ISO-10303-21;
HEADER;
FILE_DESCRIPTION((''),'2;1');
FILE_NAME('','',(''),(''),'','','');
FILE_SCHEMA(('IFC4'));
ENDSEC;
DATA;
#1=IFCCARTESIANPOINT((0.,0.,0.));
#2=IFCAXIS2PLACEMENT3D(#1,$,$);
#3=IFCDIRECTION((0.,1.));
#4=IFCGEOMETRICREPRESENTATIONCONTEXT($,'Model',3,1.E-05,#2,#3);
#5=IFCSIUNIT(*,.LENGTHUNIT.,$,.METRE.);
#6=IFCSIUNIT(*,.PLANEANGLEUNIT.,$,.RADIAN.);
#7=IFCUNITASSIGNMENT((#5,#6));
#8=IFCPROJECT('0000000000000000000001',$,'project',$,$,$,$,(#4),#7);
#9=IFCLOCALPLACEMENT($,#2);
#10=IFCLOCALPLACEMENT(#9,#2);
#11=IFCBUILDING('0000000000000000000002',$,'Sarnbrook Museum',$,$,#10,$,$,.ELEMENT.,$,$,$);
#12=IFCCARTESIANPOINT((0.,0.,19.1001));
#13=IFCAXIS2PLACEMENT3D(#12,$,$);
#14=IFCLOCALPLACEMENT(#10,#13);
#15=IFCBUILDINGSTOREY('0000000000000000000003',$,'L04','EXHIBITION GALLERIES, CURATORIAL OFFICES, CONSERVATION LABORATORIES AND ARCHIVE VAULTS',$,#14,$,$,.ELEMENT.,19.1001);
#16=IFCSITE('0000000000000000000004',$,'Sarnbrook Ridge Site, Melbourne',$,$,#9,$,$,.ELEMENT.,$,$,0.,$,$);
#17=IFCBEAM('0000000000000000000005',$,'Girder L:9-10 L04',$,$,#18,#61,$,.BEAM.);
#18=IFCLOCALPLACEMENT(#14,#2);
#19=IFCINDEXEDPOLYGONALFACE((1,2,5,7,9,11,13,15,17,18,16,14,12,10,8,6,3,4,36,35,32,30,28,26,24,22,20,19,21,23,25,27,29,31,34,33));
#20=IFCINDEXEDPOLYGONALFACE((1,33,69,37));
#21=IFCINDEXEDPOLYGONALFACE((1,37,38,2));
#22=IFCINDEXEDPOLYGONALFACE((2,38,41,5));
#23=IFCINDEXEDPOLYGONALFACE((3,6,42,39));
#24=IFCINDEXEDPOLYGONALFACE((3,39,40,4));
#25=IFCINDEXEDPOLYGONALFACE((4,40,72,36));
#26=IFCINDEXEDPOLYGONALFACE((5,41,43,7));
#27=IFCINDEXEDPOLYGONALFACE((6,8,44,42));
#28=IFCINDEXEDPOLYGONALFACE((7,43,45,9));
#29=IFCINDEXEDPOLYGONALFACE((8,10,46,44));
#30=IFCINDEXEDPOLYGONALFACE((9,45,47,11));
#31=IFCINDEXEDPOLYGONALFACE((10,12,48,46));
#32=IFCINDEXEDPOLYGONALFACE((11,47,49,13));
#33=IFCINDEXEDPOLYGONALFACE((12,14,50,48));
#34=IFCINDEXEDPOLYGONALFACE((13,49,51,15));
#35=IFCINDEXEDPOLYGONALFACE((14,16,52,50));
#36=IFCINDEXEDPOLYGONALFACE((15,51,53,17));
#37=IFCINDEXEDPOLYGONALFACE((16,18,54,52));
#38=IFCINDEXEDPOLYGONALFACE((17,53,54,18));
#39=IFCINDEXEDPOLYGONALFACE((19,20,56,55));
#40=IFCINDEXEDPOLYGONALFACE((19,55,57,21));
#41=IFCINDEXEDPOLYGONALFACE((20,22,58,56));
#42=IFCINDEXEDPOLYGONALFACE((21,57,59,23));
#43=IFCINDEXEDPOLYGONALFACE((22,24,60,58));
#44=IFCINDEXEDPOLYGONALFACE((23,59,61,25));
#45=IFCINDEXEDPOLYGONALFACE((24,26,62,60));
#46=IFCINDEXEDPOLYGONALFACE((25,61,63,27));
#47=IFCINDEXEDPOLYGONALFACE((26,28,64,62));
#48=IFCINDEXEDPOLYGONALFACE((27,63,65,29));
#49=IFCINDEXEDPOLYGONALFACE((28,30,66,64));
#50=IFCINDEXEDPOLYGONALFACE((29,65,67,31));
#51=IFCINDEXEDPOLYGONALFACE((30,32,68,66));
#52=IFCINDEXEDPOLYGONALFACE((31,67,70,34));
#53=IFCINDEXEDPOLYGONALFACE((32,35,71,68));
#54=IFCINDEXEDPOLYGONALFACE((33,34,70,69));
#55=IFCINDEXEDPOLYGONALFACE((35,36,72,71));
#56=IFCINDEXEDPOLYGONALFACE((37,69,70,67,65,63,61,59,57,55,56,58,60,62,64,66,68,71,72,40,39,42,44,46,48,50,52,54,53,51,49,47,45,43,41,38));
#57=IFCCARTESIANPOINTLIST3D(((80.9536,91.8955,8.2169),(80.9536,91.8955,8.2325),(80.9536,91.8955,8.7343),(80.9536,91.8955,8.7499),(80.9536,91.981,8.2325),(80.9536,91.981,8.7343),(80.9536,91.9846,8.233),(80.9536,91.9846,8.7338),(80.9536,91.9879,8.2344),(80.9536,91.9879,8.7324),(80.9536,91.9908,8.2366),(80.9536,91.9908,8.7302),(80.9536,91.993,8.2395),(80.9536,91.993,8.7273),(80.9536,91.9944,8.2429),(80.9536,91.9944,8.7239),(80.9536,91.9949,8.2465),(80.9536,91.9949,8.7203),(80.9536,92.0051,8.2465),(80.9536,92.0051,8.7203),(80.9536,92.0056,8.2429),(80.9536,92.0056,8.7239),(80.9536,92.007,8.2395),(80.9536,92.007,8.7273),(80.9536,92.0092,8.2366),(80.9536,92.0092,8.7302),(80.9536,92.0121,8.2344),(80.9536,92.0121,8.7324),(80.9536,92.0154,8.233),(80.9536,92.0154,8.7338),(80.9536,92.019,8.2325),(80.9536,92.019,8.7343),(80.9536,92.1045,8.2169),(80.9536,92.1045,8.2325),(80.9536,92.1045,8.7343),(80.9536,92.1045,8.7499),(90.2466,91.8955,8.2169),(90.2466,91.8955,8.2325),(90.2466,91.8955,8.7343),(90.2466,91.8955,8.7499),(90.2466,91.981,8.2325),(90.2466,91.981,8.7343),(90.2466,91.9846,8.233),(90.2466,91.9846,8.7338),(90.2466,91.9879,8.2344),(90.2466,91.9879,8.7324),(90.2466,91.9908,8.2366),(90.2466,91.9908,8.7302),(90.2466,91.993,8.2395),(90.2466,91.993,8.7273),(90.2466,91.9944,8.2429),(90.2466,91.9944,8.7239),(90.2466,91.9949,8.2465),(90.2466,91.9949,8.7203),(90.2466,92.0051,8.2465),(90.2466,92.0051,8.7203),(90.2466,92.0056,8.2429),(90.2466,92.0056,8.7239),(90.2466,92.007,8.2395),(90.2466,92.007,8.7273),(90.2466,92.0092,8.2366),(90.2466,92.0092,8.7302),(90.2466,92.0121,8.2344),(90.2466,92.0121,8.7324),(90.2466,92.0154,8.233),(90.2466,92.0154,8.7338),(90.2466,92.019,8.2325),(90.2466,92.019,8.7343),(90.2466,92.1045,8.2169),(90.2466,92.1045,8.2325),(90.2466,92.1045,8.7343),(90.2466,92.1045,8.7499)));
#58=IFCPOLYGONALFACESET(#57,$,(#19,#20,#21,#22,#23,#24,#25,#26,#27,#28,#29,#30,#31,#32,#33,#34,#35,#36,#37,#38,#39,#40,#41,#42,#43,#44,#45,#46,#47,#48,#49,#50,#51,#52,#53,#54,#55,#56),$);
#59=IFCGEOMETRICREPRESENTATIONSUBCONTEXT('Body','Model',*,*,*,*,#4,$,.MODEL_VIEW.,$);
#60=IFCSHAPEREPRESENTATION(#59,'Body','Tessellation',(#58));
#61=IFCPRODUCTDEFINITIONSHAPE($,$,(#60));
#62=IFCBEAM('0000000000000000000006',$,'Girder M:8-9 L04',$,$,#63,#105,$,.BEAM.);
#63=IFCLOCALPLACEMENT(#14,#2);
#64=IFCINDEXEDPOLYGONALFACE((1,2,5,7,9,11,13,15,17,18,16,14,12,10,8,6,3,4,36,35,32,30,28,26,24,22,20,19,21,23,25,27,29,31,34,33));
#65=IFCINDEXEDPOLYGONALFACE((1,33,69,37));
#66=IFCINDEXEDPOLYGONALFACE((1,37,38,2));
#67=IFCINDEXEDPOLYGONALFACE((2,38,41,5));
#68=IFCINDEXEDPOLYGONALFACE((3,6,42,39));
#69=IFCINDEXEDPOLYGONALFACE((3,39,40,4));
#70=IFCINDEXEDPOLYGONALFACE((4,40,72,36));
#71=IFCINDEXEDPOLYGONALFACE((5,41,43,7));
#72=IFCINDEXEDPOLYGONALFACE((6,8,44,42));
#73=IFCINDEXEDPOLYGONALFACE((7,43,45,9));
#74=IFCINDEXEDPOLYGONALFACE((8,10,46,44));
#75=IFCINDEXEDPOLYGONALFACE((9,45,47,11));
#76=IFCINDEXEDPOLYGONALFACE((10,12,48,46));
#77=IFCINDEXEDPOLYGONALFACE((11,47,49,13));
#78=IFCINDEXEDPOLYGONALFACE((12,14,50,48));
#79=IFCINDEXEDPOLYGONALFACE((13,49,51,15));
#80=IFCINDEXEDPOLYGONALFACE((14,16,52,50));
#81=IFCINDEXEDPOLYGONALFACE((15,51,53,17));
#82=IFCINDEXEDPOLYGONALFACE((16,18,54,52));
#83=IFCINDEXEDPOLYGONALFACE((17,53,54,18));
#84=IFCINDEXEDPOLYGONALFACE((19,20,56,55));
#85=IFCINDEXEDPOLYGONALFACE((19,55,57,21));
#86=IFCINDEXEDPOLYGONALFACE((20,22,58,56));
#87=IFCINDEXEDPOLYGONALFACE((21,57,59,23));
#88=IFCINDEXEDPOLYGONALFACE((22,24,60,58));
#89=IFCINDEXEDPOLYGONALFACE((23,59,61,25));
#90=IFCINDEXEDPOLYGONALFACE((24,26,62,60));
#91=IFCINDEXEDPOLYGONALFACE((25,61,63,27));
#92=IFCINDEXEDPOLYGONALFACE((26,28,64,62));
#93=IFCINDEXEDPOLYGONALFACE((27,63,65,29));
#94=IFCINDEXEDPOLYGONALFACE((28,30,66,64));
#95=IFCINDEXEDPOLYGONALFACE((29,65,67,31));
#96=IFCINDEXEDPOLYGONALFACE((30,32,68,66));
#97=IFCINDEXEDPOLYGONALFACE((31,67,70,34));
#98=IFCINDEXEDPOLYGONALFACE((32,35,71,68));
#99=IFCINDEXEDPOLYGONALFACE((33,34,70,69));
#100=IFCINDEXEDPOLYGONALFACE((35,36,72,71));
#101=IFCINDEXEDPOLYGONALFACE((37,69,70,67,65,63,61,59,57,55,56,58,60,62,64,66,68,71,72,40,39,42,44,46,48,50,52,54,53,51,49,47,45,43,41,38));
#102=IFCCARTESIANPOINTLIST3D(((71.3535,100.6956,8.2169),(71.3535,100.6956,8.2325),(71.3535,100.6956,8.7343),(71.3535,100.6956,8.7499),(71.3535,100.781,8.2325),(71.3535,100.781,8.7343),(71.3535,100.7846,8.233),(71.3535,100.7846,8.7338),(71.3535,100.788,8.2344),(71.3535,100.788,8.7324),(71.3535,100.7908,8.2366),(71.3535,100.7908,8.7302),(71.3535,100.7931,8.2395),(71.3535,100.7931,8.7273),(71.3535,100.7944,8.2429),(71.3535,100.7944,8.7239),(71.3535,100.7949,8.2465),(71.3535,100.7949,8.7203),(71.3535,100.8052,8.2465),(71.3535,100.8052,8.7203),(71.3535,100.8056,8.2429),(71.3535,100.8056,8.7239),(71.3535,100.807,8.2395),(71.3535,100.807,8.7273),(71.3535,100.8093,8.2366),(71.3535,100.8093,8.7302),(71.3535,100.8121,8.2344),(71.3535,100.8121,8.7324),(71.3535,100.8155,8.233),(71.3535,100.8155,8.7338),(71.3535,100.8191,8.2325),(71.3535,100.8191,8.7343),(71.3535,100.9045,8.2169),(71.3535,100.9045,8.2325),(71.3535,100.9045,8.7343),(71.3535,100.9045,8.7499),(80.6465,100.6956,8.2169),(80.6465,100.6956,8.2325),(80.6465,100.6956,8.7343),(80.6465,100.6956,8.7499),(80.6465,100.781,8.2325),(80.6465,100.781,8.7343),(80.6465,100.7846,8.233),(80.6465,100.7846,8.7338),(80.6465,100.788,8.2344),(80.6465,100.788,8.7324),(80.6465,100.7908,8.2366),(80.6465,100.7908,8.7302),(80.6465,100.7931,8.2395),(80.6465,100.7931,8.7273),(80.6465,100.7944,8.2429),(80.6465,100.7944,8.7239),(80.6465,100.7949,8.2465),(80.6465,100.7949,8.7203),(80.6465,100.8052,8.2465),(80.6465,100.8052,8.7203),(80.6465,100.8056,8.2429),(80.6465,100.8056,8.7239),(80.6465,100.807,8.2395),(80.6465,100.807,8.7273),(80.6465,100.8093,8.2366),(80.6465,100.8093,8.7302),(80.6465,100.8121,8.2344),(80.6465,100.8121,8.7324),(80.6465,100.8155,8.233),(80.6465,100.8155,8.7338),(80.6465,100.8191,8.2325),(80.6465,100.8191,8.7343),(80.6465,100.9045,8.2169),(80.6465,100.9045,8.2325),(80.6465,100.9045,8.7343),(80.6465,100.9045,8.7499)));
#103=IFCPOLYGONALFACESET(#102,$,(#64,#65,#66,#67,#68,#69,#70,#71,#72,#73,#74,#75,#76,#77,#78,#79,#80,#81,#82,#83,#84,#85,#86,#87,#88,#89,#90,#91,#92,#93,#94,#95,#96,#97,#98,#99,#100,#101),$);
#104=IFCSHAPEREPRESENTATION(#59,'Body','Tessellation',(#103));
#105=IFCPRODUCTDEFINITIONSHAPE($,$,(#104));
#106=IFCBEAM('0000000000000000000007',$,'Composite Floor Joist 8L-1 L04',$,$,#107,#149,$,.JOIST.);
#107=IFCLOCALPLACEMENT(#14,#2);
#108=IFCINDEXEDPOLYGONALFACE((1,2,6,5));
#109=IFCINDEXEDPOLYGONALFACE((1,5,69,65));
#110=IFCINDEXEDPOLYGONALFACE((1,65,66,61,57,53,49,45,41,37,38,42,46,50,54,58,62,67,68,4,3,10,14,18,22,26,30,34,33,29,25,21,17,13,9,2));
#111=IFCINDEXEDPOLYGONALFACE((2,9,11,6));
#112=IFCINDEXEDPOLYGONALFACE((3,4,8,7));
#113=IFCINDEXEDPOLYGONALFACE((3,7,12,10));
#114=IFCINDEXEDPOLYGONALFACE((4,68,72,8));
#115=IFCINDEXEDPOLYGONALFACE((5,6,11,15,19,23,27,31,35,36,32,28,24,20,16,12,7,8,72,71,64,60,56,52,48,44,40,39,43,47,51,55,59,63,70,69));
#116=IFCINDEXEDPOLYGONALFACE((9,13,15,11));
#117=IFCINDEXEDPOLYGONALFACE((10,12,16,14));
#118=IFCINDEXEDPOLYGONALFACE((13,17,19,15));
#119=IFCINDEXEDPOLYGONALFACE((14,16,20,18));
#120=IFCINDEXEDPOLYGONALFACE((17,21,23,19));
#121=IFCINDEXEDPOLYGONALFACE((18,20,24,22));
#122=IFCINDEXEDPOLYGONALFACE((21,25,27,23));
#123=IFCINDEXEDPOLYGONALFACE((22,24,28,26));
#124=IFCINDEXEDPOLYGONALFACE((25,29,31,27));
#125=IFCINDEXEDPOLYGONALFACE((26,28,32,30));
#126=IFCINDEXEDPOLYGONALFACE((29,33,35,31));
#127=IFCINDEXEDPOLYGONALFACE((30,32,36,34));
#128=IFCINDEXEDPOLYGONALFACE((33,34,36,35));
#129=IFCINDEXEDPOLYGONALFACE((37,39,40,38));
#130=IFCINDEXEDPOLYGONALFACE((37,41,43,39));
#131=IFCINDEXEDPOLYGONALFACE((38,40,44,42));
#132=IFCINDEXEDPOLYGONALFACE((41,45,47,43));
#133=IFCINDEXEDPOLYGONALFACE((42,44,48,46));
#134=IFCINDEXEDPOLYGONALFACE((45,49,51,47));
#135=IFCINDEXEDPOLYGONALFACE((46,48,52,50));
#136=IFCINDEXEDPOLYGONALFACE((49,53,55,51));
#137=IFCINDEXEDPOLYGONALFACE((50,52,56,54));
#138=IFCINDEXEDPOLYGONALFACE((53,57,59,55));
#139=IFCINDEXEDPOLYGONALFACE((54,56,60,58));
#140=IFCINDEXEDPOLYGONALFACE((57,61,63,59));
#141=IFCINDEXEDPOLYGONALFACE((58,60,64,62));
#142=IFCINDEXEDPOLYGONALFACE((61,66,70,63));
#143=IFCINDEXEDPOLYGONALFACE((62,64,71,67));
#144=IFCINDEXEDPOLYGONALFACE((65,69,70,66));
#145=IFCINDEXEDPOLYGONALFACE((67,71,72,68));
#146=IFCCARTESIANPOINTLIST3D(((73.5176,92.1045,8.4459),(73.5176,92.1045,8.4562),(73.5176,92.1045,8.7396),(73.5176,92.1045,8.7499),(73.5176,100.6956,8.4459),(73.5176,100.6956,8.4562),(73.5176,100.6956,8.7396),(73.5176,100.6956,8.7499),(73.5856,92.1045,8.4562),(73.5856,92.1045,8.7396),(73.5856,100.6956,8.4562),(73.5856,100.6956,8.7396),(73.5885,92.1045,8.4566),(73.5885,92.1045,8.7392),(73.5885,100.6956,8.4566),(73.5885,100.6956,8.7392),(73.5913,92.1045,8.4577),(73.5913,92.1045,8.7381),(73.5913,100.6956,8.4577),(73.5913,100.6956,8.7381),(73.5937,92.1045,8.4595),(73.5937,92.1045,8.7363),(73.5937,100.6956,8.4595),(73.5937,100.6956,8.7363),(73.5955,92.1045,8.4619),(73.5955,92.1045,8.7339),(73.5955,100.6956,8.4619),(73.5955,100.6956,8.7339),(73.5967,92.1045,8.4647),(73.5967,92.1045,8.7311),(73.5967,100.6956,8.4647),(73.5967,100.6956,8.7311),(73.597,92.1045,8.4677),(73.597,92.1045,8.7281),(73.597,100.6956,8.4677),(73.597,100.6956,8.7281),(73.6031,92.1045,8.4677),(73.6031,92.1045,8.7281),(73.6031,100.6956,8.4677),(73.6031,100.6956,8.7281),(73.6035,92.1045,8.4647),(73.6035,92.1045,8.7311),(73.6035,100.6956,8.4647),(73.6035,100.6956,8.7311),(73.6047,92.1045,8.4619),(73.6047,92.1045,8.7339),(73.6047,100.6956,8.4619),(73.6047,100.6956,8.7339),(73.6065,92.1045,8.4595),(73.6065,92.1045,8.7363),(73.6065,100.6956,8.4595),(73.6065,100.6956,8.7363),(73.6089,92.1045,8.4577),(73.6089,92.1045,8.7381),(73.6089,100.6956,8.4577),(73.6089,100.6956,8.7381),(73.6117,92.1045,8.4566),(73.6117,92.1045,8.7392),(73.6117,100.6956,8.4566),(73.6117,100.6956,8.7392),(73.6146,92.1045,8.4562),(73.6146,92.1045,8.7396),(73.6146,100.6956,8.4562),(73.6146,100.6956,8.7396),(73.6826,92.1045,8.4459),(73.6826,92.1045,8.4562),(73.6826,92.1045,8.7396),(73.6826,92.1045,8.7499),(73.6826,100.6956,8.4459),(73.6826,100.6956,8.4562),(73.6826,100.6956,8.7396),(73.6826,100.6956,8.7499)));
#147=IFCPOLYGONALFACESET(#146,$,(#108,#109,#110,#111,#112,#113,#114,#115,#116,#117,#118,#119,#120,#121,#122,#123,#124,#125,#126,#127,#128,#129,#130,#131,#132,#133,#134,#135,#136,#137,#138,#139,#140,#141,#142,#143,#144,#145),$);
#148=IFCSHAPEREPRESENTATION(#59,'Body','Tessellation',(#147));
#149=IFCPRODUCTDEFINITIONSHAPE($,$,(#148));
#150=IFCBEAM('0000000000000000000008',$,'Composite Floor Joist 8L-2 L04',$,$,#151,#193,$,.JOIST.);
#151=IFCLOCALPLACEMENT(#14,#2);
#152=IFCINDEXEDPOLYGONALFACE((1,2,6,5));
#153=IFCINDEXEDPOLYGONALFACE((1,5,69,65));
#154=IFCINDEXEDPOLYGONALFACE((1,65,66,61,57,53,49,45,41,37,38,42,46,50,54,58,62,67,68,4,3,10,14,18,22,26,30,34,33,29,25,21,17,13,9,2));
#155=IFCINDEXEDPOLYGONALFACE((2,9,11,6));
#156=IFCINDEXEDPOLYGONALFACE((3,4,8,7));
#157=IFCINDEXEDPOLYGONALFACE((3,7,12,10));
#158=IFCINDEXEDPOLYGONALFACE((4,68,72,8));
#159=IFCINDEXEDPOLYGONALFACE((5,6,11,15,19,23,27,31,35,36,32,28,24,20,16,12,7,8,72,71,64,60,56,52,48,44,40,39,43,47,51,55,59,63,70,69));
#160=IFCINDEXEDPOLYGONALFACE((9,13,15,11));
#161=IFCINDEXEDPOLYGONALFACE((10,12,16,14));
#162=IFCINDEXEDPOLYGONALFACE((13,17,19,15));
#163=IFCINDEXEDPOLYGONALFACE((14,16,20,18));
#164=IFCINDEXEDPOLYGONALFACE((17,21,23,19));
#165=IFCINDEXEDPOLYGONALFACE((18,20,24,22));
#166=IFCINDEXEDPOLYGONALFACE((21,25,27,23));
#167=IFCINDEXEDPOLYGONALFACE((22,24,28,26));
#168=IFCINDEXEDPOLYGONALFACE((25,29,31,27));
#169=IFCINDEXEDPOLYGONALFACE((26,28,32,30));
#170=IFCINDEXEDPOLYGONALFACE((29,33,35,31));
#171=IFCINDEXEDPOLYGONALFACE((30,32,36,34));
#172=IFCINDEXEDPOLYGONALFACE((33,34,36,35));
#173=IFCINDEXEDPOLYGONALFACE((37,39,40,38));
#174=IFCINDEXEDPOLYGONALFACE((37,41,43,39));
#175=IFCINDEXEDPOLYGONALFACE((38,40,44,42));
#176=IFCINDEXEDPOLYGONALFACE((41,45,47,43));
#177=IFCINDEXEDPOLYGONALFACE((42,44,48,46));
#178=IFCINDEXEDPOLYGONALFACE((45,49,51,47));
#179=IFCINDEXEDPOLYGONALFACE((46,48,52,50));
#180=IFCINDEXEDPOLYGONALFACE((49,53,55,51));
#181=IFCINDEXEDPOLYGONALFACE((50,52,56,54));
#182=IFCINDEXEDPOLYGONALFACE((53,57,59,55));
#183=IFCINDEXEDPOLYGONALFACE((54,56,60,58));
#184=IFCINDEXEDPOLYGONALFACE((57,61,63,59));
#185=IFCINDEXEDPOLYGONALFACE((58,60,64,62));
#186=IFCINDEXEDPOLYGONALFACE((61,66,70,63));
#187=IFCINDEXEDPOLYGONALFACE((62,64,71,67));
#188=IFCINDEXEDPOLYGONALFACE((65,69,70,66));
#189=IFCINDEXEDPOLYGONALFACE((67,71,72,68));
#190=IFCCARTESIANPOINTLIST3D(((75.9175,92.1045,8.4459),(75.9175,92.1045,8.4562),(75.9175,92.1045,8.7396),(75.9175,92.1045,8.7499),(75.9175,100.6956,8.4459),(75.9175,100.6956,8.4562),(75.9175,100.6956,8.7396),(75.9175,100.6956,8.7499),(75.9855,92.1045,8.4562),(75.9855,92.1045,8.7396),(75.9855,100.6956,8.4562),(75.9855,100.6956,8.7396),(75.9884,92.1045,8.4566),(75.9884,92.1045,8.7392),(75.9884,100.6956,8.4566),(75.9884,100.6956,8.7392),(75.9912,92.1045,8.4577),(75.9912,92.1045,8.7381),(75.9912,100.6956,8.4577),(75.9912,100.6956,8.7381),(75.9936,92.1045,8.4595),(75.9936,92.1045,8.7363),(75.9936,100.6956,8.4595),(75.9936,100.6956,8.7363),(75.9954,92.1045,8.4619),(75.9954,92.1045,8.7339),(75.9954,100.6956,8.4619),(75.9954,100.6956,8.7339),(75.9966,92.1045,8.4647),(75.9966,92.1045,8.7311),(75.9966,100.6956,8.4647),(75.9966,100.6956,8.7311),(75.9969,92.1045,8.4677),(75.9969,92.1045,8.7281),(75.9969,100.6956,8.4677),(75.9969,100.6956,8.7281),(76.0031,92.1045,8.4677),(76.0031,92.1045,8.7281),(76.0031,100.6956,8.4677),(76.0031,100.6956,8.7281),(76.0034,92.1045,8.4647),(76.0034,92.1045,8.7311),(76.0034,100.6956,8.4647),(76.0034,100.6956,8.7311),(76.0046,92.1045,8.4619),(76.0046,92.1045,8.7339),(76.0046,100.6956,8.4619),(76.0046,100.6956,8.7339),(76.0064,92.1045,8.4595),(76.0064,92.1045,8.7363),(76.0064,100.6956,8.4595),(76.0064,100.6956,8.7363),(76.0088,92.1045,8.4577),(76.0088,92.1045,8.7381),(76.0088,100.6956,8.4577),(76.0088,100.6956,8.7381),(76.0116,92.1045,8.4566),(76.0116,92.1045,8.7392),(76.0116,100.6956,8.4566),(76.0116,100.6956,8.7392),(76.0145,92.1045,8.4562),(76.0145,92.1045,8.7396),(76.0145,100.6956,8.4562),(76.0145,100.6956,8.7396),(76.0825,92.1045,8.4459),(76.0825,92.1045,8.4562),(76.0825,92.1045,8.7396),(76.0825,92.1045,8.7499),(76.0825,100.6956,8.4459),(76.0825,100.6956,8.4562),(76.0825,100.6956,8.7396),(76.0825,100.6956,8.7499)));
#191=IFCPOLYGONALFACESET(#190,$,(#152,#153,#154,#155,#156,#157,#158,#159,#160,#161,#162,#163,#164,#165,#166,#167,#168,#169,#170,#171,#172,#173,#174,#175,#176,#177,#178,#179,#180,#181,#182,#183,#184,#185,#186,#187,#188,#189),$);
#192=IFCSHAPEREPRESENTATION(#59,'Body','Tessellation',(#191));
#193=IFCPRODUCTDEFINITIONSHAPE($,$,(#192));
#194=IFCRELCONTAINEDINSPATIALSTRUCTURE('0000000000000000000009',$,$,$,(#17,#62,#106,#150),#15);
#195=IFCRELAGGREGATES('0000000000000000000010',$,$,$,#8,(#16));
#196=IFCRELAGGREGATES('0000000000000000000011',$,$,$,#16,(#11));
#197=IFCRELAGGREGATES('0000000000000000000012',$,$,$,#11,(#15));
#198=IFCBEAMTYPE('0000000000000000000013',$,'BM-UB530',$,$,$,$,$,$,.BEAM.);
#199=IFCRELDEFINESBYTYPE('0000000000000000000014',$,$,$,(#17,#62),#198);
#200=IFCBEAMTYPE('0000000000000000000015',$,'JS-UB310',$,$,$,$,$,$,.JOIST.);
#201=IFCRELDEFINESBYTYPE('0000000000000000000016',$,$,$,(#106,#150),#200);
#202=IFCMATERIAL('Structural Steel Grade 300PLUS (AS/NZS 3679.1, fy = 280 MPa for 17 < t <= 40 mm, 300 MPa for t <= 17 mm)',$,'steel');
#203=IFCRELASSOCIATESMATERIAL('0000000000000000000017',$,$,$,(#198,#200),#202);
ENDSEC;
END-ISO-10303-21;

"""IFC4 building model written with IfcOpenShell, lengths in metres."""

from ifc_helpers import new_model, si_unit, direction, frame, origin, origin_2d, place, context, subcontext, project, spatial, i_section, extrude, material, material_profile, profile_set, type_object, element, save


model = new_model("IFC4")

# Units and contexts
model_context = context("Model", 3, precision=1e-05, world=origin(), true_north=direction((0.0, 1.0)))
body_context = subcontext(model_context, "Body", "Model", "MODEL_VIEW")
ifc_project = project(units=[si_unit("LENGTHUNIT", "METRE"), si_unit("PLANEANGLEUNIT", "RADIAN")], contexts=[model_context])

# Site, building, storey
site_placement = place(None, origin())
site = spatial("IfcSite", under=ifc_project, at=site_placement, Name="Sarnbrook Ridge Site, Melbourne", CompositionType="ELEMENT", RefElevation=0.0)
building_placement = place(site_placement, origin())
building = spatial("IfcBuilding", under=site, at=building_placement, Name="Sarnbrook Museum", CompositionType="ELEMENT")
storey_placement = place(building_placement, frame((0.0, 0.0, 19.1001)))
storey = spatial("IfcBuildingStorey", under=building, at=storey_placement, Name="L04", Description="EXHIBITION GALLERIES, CURATORIAL OFFICES, CONSERVATION LABORATORIES AND ARCHIVE VAULTS", CompositionType="ELEMENT", Elevation=19.1001)

# Shared definitions
ifc_material_1 = material(Name="Structural Steel Grade 300PLUS (AS/NZS 3679.1, fy = 280 MPa for 17 < t <= 40 mm, 300 MPa for t <= 17 mm)", Category="steel")

# Beams
ifc_material_profile_1 = material_profile(ifc_material_1, i_section(OverallWidth=0.209, OverallDepth=0.533, WebThickness=0.0103, FlangeThickness=0.0156, FilletRadius=0.0139, at=origin_2d()), Name="530UB92.4")
ifc_profile_set_1 = profile_set([ifc_material_profile_1], Name="Structural Steel Grade 300PLUS (AS/NZS 3679.1, fy = 280 MPa for 17 < t <= 40 mm, 300 MPa for t <= 17 mm)")
beam_type_1 = type_object("IfcBeamType", Name="BM-UB530", PredefinedType="BEAM", material=ifc_profile_set_1)
for number, where, z_axis, x_axis, name in (
    (1, (80.9536, 92.0, 8.4834), (1.0, 0.0, 0.0), (0.0, 1.0, 0.0), "Girder L:9-10 L04"),
    (2, (71.3535, 100.8, 8.4834), (1.0, 0.0, 0.0), (0.0, 1.0, 0.0), "Girder M:8-9 L04"),
):
    element("IfcBeam", number, at=place(storey_placement, frame(where, z_axis=z_axis, x_axis=x_axis)), inside=storey, type_object=beam_type_1, Name=name, PredefinedType="BEAM", context=body_context, shape_type="SweptSolid", body=[
        extrude(i_section(OverallWidth=0.209, OverallDepth=0.533, WebThickness=0.0103, FlangeThickness=0.0156, FilletRadius=0.0139, at=origin_2d()), origin(), (0.0, 0.0, 1.0), 9.293),
    ])
ifc_material_profile_2 = material_profile(ifc_material_1, i_section(OverallWidth=0.165, OverallDepth=0.304, WebThickness=0.0061, FlangeThickness=0.0103, FilletRadius=0.0115, at=origin_2d()), Name="310UB40.4")
ifc_profile_set_2 = profile_set([ifc_material_profile_2], Name="Structural Steel Grade 300PLUS (AS/NZS 3679.1, fy = 280 MPa for 17 < t <= 40 mm, 300 MPa for t <= 17 mm)")
beam_type_2 = type_object("IfcBeamType", Name="JS-UB310", PredefinedType="JOIST", material=ifc_profile_set_2)
for number, where, z_axis, x_axis, name in (
    (3, (73.6001, 92.1045, 8.5979), (0.0, 1.0, 0.0), (-1.0, 0.0, 0.0), "Composite Floor Joist 8L-1 L04"),
    (4, (76.0, 92.1045, 8.5979), (0.0, 1.0, 0.0), (-1.0, 0.0, 0.0), "Composite Floor Joist 8L-2 L04"),
):
    element("IfcBeam", number, at=place(storey_placement, frame(where, z_axis=z_axis, x_axis=x_axis)), inside=storey, type_object=beam_type_2, Name=name, PredefinedType="JOIST", context=body_context, shape_type="SweptSolid", body=[
        extrude(i_section(OverallWidth=0.165, OverallDepth=0.304, WebThickness=0.0061, FlangeThickness=0.0103, FilletRadius=0.0115, at=origin_2d()), origin(), (0.0, 0.0, 1.0), 8.5911),
    ])

save(model, "model.ifc")
